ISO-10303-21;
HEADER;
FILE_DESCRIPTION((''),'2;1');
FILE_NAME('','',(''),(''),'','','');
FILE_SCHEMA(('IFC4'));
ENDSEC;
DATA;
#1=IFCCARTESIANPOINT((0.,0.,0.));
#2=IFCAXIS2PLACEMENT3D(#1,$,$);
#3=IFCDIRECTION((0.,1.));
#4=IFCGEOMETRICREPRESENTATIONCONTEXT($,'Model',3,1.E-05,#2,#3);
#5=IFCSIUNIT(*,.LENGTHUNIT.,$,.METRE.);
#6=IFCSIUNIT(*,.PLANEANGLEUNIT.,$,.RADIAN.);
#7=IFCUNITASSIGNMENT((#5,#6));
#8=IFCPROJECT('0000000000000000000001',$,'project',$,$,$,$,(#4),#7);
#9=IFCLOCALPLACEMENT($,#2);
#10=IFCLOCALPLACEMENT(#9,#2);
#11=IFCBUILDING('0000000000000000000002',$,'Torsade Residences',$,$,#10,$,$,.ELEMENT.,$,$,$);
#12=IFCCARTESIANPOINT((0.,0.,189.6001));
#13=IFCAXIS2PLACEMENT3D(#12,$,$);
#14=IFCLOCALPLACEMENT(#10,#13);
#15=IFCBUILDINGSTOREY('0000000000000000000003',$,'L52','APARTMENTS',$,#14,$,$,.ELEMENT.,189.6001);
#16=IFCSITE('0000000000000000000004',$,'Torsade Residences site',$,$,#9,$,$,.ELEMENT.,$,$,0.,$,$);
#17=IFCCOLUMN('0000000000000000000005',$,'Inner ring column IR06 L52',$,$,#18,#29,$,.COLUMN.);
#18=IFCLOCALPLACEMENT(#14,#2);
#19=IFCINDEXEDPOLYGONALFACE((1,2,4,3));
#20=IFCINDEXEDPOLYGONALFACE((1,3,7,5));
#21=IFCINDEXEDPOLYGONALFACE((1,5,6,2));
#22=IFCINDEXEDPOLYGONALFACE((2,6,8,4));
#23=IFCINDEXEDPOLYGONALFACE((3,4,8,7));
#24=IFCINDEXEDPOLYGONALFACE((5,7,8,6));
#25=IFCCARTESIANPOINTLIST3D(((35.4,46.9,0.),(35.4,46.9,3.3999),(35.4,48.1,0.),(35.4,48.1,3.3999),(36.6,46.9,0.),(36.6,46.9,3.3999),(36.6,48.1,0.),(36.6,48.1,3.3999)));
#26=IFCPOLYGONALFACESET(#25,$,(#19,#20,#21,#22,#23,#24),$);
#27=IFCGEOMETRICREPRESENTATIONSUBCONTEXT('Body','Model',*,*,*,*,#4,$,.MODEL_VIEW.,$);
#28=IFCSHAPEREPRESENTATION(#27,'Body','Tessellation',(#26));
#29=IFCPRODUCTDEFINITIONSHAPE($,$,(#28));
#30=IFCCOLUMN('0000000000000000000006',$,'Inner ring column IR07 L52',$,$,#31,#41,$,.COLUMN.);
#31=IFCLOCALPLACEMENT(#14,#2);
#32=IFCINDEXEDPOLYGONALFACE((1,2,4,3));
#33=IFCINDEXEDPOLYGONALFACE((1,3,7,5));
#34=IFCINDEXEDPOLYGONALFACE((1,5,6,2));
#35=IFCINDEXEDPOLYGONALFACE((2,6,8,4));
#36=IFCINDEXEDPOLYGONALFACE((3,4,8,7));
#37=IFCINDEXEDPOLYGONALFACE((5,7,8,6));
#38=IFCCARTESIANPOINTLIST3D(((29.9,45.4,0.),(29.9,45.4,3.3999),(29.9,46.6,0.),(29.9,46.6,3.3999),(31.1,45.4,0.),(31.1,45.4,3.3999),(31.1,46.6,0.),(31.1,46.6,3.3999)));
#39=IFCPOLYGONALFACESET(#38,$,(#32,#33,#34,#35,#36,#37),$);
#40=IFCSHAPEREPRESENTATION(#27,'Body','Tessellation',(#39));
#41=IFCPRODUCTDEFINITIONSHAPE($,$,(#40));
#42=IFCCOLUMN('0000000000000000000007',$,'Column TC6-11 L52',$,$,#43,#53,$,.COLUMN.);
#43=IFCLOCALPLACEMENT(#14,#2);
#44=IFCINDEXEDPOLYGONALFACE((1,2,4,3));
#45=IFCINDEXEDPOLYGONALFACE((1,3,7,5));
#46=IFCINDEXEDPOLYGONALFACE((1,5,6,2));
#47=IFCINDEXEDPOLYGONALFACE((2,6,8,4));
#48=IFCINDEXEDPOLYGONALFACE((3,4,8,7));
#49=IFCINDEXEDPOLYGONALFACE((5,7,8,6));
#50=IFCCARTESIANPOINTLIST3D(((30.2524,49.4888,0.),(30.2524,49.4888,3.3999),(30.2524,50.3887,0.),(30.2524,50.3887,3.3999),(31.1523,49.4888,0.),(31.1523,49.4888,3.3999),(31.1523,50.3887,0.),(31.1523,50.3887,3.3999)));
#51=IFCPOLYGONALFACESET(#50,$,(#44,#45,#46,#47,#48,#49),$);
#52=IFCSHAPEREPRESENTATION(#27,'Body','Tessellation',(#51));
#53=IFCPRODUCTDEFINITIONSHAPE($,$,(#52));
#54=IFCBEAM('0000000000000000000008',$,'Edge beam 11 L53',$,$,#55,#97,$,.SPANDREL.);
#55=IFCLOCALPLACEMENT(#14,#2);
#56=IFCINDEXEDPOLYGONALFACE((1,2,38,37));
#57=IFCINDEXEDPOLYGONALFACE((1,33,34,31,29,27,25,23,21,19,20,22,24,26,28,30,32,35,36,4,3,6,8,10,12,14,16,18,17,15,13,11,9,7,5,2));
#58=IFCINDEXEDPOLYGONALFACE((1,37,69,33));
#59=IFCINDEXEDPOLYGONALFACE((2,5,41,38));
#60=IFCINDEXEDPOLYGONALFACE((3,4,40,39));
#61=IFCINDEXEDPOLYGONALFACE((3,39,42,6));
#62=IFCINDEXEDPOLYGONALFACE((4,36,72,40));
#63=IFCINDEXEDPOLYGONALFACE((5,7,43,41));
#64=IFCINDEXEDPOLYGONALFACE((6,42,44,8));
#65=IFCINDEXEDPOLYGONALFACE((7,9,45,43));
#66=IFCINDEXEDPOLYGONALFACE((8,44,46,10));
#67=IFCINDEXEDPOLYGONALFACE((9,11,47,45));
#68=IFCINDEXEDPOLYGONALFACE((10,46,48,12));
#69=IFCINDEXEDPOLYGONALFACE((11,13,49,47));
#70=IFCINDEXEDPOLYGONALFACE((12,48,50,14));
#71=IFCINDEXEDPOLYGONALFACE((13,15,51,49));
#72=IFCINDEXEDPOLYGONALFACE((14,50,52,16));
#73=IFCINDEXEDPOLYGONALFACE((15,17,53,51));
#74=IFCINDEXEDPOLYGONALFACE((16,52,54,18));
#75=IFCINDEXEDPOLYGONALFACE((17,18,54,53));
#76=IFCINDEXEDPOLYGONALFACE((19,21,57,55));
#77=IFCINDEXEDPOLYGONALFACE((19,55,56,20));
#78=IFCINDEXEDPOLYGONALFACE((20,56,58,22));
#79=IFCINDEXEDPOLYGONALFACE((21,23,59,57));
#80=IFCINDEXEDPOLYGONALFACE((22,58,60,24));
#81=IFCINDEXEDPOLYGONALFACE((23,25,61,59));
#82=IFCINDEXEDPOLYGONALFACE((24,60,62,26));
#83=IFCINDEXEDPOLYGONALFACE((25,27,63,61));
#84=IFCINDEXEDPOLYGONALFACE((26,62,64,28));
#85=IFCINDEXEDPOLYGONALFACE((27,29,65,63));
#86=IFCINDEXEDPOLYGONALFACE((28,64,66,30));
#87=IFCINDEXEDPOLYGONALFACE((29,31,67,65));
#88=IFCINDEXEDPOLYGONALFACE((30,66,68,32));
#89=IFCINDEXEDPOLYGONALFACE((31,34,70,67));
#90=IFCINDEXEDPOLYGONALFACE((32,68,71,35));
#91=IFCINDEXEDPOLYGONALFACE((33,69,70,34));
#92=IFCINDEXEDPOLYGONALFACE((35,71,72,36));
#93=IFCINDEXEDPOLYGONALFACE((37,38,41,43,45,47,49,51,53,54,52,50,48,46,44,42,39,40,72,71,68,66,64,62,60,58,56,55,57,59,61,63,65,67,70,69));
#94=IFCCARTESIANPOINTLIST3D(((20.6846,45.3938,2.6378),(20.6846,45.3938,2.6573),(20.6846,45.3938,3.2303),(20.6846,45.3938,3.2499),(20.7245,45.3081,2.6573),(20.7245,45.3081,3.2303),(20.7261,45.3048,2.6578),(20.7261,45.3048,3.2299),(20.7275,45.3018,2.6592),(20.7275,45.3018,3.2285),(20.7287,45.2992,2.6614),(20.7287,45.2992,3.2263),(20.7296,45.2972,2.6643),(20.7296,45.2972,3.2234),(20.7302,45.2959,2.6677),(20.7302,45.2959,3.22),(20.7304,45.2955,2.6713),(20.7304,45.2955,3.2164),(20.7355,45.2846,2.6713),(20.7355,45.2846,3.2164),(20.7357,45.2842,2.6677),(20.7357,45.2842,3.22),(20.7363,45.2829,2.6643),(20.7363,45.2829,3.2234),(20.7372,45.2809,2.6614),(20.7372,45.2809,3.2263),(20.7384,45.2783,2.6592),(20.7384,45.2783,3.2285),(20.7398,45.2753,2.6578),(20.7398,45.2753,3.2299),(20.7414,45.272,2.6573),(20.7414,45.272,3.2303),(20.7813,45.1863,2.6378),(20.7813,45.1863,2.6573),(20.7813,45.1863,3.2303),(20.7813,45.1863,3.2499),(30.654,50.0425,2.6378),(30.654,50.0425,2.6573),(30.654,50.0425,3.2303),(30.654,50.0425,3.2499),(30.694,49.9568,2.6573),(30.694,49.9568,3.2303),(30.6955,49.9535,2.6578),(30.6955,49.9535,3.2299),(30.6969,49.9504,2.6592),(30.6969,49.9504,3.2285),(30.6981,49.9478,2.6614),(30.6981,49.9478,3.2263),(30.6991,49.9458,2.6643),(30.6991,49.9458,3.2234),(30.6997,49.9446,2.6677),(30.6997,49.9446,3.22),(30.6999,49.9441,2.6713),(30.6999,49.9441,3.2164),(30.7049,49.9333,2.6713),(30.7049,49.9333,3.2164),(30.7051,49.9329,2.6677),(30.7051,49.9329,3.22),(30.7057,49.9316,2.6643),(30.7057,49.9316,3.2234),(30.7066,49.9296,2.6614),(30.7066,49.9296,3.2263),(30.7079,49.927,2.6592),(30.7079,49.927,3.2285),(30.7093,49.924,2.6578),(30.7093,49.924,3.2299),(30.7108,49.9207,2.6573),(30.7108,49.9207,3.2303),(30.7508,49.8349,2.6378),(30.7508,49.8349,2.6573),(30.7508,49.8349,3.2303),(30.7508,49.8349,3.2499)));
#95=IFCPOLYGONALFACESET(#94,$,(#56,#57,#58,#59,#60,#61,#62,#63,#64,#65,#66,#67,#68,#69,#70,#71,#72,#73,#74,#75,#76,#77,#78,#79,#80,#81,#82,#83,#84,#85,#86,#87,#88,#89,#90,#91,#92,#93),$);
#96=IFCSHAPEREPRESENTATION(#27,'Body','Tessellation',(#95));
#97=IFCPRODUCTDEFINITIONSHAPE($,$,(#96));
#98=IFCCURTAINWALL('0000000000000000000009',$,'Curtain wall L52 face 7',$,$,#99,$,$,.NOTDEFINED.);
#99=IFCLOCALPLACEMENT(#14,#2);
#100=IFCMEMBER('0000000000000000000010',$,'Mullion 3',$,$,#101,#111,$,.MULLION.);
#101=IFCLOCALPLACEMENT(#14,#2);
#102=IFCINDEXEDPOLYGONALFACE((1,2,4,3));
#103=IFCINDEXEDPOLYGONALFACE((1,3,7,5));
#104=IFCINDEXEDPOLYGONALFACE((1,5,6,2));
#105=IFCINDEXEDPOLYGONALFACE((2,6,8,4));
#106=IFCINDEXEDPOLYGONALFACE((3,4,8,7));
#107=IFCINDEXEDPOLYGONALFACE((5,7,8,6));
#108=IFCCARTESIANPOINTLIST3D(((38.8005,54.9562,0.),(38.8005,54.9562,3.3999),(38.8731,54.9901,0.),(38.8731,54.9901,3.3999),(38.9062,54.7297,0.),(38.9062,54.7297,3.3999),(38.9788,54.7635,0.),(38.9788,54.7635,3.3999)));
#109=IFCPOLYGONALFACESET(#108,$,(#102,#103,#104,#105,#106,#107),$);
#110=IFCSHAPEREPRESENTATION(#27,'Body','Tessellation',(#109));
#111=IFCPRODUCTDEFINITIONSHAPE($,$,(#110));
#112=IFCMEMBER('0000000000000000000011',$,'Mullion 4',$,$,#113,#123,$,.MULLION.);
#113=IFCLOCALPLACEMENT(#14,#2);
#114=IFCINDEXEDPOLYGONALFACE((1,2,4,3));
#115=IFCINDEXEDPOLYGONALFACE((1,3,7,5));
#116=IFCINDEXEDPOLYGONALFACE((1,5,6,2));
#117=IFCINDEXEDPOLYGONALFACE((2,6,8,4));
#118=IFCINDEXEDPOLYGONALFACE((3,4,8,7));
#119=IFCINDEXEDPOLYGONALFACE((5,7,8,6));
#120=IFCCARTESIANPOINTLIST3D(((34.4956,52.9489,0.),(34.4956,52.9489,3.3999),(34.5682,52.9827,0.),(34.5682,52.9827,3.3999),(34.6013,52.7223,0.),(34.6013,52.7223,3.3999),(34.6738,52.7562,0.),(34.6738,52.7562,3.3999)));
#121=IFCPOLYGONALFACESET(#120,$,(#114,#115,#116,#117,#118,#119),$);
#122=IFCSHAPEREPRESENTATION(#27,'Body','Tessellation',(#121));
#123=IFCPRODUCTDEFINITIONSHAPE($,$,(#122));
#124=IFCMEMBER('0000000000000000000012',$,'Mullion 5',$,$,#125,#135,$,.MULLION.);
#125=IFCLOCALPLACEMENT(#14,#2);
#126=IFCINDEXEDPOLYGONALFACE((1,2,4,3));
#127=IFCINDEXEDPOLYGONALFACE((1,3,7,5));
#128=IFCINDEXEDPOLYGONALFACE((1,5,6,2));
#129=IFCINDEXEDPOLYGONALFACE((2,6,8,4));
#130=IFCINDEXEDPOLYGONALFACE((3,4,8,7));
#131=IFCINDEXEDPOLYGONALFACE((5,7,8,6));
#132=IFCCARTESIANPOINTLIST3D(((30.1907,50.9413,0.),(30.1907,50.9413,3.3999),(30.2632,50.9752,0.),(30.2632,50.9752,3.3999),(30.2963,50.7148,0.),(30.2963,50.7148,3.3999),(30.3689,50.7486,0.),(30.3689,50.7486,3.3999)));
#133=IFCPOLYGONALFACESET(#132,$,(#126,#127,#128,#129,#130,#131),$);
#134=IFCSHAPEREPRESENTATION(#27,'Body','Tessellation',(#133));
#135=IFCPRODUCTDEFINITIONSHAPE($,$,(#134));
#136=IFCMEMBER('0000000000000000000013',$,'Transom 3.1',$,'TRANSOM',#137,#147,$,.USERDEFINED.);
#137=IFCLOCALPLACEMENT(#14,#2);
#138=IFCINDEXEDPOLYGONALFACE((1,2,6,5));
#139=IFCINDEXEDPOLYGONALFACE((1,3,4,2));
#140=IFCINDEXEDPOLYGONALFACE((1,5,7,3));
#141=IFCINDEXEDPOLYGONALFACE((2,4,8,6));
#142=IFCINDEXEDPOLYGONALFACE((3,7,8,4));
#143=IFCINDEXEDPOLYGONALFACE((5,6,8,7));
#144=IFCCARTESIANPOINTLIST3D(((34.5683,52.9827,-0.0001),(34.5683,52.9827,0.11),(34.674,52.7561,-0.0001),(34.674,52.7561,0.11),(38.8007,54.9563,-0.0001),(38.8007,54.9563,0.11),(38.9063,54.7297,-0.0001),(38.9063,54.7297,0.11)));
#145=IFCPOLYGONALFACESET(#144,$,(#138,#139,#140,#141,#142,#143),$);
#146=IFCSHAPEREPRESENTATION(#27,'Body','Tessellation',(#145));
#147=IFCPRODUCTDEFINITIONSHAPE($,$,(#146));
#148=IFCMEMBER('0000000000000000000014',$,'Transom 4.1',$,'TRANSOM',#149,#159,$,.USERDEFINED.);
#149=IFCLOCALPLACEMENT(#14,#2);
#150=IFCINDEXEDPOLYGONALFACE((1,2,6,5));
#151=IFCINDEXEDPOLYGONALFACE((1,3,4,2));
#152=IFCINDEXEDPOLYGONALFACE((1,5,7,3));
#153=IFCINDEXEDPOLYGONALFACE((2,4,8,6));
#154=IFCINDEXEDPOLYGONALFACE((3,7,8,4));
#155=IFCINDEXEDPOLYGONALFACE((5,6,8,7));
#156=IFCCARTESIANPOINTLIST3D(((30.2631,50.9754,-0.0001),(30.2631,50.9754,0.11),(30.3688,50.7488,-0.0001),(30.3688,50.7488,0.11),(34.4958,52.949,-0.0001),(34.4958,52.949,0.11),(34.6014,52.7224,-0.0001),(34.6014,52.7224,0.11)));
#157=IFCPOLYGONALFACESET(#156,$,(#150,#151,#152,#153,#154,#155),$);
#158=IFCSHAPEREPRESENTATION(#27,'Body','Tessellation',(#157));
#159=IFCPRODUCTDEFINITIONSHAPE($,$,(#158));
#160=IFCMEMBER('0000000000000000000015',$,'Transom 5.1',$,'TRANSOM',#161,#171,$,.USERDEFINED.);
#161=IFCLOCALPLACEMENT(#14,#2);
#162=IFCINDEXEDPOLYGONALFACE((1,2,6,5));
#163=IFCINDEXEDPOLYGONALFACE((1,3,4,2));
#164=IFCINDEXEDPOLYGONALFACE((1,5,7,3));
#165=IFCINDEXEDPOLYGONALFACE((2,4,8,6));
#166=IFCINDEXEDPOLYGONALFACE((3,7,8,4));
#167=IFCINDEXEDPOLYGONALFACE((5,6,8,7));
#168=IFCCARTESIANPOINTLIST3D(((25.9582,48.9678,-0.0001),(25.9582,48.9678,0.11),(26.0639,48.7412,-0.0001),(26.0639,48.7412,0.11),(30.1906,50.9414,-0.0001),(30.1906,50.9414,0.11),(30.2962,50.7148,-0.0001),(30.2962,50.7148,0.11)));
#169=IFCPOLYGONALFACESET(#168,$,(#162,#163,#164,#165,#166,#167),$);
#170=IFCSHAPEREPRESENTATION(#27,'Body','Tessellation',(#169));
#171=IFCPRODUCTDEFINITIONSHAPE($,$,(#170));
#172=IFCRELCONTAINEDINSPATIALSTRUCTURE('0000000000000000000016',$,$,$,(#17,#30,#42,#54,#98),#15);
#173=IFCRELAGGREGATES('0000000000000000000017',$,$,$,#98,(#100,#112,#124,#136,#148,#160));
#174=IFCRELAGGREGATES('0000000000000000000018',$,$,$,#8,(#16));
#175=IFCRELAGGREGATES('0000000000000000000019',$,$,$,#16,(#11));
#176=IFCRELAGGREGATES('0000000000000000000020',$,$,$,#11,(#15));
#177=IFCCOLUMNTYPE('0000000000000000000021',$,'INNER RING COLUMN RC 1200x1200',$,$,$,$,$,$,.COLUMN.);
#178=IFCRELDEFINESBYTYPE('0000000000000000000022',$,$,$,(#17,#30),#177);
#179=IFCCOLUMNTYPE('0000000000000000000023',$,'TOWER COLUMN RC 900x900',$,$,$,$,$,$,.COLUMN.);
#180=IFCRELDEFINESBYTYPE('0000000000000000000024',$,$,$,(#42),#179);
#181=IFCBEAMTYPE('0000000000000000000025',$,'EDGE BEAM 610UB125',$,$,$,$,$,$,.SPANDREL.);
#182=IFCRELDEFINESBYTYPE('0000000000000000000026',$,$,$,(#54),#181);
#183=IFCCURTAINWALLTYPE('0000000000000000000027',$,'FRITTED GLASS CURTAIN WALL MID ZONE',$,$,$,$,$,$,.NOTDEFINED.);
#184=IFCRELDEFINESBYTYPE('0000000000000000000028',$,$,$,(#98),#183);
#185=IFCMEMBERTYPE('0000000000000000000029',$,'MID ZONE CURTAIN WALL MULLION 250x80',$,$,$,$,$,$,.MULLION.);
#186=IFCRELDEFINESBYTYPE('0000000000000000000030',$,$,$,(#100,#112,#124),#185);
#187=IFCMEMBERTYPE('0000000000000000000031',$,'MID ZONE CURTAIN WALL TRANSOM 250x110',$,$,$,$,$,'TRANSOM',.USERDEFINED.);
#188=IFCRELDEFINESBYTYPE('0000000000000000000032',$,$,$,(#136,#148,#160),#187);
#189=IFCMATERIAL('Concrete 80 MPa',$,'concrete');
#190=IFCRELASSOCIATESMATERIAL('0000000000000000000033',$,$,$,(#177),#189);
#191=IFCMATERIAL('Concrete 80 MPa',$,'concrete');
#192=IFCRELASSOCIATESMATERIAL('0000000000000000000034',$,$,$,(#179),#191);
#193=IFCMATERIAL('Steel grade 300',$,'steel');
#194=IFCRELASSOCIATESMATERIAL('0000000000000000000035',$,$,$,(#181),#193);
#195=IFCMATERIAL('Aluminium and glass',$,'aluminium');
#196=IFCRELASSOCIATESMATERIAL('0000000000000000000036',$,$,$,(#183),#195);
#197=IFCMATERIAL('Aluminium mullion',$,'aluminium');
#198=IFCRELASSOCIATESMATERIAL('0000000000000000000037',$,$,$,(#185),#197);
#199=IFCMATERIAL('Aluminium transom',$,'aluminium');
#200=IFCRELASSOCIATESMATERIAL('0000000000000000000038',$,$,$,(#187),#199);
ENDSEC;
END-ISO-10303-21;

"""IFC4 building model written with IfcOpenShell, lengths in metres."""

from ifc_helpers import new_model, si_unit, direction, frame, origin, origin_2d, place, context, subcontext, project, spatial, rectangle, i_section, extrude, material, material_profile, profile_set, type_object, element, aggregate, save


model = new_model("IFC4")

# Units and contexts
model_context = context("Model", 3, precision=1e-05, world=origin(), true_north=direction((0.0, 1.0)))
body_context = subcontext(model_context, "Body", "Model", "MODEL_VIEW")
ifc_project = project(units=[si_unit("LENGTHUNIT", "METRE"), si_unit("PLANEANGLEUNIT", "RADIAN")], contexts=[model_context])

# Site, building, storey
site_placement = place(None, origin())
site = spatial("IfcSite", under=ifc_project, at=site_placement, Name="Torsade Residences site", CompositionType="ELEMENT", RefElevation=0.0)
building_placement = place(site_placement, origin())
building = spatial("IfcBuilding", under=site, at=building_placement, Name="Torsade Residences", CompositionType="ELEMENT")
storey_placement = place(building_placement, frame((0.0, 0.0, 189.6001)))
storey = spatial("IfcBuildingStorey", under=building, at=storey_placement, Name="L52", Description="APARTMENTS", CompositionType="ELEMENT", Elevation=189.6001)

# Columns
ifc_material_1 = material(Name="Concrete 80 MPa", Category="concrete")
ifc_material_profile_1 = material_profile(ifc_material_1, rectangle(XDim=1.2, YDim=1.2, at=origin_2d()), Name="RC 1200x1200")
ifc_profile_set_1 = profile_set([ifc_material_profile_1], Name="Concrete 80 MPa")
column_type_1 = type_object("IfcColumnType", Name="INNER RING COLUMN RC 1200x1200", PredefinedType="COLUMN", material=ifc_profile_set_1)
for number, where, z_axis, x_axis, name in (
    (1, (36.0, 47.5, 0.0), (0.0, 0.0, 1.0), (1.0, 0.0, 0.0), "Inner ring column IR06 L52"),
    (2, (30.5, 46.0, 0.0), (0.0, 0.0, 1.0), (1.0, 0.0, 0.0), "Inner ring column IR07 L52"),
):
    element("IfcColumn", number, at=place(storey_placement, frame(where, z_axis=z_axis, x_axis=x_axis)), inside=storey, type_object=column_type_1, Name=name, PredefinedType="COLUMN", context=body_context, shape_type="SweptSolid", body=[
        extrude(rectangle(XDim=1.2, YDim=1.2, at=origin_2d()), origin(), (0.0, 0.0, 1.0), 3.3999),
    ])
ifc_material_2 = material(Name="Concrete 80 MPa", Category="concrete")
ifc_material_profile_2 = material_profile(ifc_material_2, rectangle(XDim=0.8999, YDim=0.8999, at=origin_2d()), Name="RC 900x900")
ifc_profile_set_2 = profile_set([ifc_material_profile_2], Name="Concrete 80 MPa")
column_type_2 = type_object("IfcColumnType", Name="TOWER COLUMN RC 900x900", PredefinedType="COLUMN", material=ifc_profile_set_2)
column_placement = place(storey_placement, frame((30.7024, 49.9387, 0.0), z_axis=(0.0, 0.0, 1.0), x_axis=(1.0, 0.0, 0.0)))
element("IfcColumn", 3, at=column_placement, inside=storey, type_object=column_type_2, Name="Column TC6-11 L52", PredefinedType="COLUMN", context=body_context, shape_type="SweptSolid", body=[
    extrude(rectangle(XDim=0.8999, YDim=0.8999, at=origin_2d()), origin(), (0.0, 0.0, 1.0), 3.3999),
])

# Beam
ifc_material_3 = material(Name="Steel grade 300", Category="steel")
ifc_material_profile_3 = material_profile(ifc_material_3, i_section(OverallWidth=0.229, OverallDepth=0.6121, WebThickness=0.012, FlangeThickness=0.0195, FilletRadius=0.0139, at=origin_2d()), Name="610UB125")
ifc_profile_set_3 = profile_set([ifc_material_profile_3], Name="Steel grade 300")
beam_type_1 = type_object("IfcBeamType", Name="EDGE BEAM 610UB125", PredefinedType="SPANDREL", material=ifc_profile_set_3)
beam_1_placement = place(storey_placement, frame((30.7024, 49.9387, 2.9438), z_axis=(-0.906314, -0.422606, 0.0), x_axis=(0.422606, -0.906314, 0.0)))
element("IfcBeam", 4, at=beam_1_placement, inside=storey, type_object=beam_type_1, Name="Edge beam 11 L53", PredefinedType="SPANDREL", context=body_context, shape_type="SweptSolid", body=[
    extrude(i_section(OverallWidth=0.229, OverallDepth=0.6121, WebThickness=0.012, FlangeThickness=0.0195, FilletRadius=0.0139, at=origin_2d()), origin(), (0.0, 0.0, 1.0), 11.0),
])

# Curtain wall, members
ifc_material_4 = material(Name="Aluminium and glass", Category="aluminium")
curtain_wall_type = type_object("IfcCurtainWallType", Name="FRITTED GLASS CURTAIN WALL MID ZONE", PredefinedType="NOTDEFINED", material=ifc_material_4)
curtain_wall_placement = place(storey_placement, origin())
curtain_wall = element("IfcCurtainWall", 5, at=curtain_wall_placement, inside=storey, type_object=curtain_wall_type, Name="Curtain wall L52 face 7", PredefinedType="NOTDEFINED")
ifc_material_5 = material(Name="Aluminium mullion", Category="aluminium")
ifc_material_profile_4 = material_profile(ifc_material_5, rectangle(XDim=0.25, YDim=0.0801, at=origin_2d()), Name="MID ZONE CURTAIN WALL MULLION 250x80")
ifc_profile_set_4 = profile_set([ifc_material_profile_4], Name="Aluminium mullion")
member_type_1 = type_object("IfcMemberType", Name="MID ZONE CURTAIN WALL MULLION 250x80", PredefinedType="MULLION", material=ifc_profile_set_4)
member_1_placement = place(storey_placement, frame((38.8896, 54.8599, 0.0), z_axis=(0.0, 0.0, 1.0), x_axis=(0.422618, -0.906308, 0.0)))
member_1 = element("IfcMember", 6, at=member_1_placement, type_object=member_type_1, Name="Mullion 3", PredefinedType="MULLION", context=body_context, shape_type="SweptSolid", body=[
    extrude(rectangle(XDim=0.25, YDim=0.0801, at=origin_2d()), origin(), (0.0, 0.0, 1.0), 3.3999),
])
member_2_placement = place(storey_placement, frame((34.5847, 52.8525, 0.0), z_axis=(0.0, 0.0, 1.0), x_axis=(0.422618, -0.906308, 0.0)))
member_2 = element("IfcMember", 7, at=member_2_placement, type_object=member_type_1, Name="Mullion 4", PredefinedType="MULLION", context=body_context, shape_type="SweptSolid", body=[
    extrude(rectangle(XDim=0.25, YDim=0.0801, at=origin_2d()), origin(), (0.0, 0.0, 1.0), 3.3999),
])
member_3_placement = place(storey_placement, frame((30.2798, 50.845, 0.0), z_axis=(0.0, 0.0, 1.0), x_axis=(0.422618, -0.906308, 0.0)))
member_3 = element("IfcMember", 8, at=member_3_placement, type_object=member_type_1, Name="Mullion 5", PredefinedType="MULLION", context=body_context, shape_type="SweptSolid", body=[
    extrude(rectangle(XDim=0.25, YDim=0.0801, at=origin_2d()), origin(), (0.0, 0.0, 1.0), 3.3999),
])
ifc_material_6 = material(Name="Aluminium transom", Category="aluminium")
ifc_material_profile_5 = material_profile(ifc_material_6, rectangle(XDim=0.25, YDim=0.1101, at=origin_2d()), Name="MID ZONE CURTAIN WALL TRANSOM 250x110")
ifc_profile_set_5 = profile_set([ifc_material_profile_5], Name="Aluminium transom")
member_type_2 = type_object("IfcMemberType", Name="MID ZONE CURTAIN WALL TRANSOM 250x110", ElementType="TRANSOM", PredefinedType="USERDEFINED", material=ifc_profile_set_5)
member_4_placement = place(storey_placement, frame((38.8535, 54.843, 0.0549), z_axis=(-0.906306, -0.422622, 0.0), x_axis=(0.422622, -0.906306, 0.0)))
member_4 = element("IfcMember", 9, at=member_4_placement, type_object=member_type_2, Name="Transom 3.1", ObjectType="TRANSOM", PredefinedType="USERDEFINED", context=body_context, shape_type="SweptSolid", body=[
    extrude(rectangle(XDim=0.25, YDim=0.1101, at=origin_2d()), origin(), (0.0, 0.0, 1.0), 4.6699),
])
member_5_placement = place(storey_placement, frame((34.5486, 52.8357, 0.0549), z_axis=(-0.906315, -0.422602, 0.0), x_axis=(0.422602, -0.906315, 0.0)))
member_5 = element("IfcMember", 10, at=member_5_placement, type_object=member_type_2, Name="Transom 4.1", ObjectType="TRANSOM", PredefinedType="USERDEFINED", context=body_context, shape_type="SweptSolid", body=[
    extrude(rectangle(XDim=0.25, YDim=0.1101, at=origin_2d()), origin(), (0.0, 0.0, 1.0), 4.6702),
])
member_6_placement = place(storey_placement, frame((30.2434, 50.8281, 0.0549), z_axis=(-0.906306, -0.422622, 0.0), x_axis=(0.422622, -0.906306, 0.0)))
member_6 = element("IfcMember", 11, at=member_6_placement, type_object=member_type_2, Name="Transom 5.1", ObjectType="TRANSOM", PredefinedType="USERDEFINED", context=body_context, shape_type="SweptSolid", body=[
    extrude(rectangle(XDim=0.25, YDim=0.1101, at=origin_2d()), origin(), (0.0, 0.0, 1.0), 4.6699),
])

aggregate(curtain_wall, [member_1, member_2, member_3, member_4, member_5, member_6])

save(model, "model.ifc")
